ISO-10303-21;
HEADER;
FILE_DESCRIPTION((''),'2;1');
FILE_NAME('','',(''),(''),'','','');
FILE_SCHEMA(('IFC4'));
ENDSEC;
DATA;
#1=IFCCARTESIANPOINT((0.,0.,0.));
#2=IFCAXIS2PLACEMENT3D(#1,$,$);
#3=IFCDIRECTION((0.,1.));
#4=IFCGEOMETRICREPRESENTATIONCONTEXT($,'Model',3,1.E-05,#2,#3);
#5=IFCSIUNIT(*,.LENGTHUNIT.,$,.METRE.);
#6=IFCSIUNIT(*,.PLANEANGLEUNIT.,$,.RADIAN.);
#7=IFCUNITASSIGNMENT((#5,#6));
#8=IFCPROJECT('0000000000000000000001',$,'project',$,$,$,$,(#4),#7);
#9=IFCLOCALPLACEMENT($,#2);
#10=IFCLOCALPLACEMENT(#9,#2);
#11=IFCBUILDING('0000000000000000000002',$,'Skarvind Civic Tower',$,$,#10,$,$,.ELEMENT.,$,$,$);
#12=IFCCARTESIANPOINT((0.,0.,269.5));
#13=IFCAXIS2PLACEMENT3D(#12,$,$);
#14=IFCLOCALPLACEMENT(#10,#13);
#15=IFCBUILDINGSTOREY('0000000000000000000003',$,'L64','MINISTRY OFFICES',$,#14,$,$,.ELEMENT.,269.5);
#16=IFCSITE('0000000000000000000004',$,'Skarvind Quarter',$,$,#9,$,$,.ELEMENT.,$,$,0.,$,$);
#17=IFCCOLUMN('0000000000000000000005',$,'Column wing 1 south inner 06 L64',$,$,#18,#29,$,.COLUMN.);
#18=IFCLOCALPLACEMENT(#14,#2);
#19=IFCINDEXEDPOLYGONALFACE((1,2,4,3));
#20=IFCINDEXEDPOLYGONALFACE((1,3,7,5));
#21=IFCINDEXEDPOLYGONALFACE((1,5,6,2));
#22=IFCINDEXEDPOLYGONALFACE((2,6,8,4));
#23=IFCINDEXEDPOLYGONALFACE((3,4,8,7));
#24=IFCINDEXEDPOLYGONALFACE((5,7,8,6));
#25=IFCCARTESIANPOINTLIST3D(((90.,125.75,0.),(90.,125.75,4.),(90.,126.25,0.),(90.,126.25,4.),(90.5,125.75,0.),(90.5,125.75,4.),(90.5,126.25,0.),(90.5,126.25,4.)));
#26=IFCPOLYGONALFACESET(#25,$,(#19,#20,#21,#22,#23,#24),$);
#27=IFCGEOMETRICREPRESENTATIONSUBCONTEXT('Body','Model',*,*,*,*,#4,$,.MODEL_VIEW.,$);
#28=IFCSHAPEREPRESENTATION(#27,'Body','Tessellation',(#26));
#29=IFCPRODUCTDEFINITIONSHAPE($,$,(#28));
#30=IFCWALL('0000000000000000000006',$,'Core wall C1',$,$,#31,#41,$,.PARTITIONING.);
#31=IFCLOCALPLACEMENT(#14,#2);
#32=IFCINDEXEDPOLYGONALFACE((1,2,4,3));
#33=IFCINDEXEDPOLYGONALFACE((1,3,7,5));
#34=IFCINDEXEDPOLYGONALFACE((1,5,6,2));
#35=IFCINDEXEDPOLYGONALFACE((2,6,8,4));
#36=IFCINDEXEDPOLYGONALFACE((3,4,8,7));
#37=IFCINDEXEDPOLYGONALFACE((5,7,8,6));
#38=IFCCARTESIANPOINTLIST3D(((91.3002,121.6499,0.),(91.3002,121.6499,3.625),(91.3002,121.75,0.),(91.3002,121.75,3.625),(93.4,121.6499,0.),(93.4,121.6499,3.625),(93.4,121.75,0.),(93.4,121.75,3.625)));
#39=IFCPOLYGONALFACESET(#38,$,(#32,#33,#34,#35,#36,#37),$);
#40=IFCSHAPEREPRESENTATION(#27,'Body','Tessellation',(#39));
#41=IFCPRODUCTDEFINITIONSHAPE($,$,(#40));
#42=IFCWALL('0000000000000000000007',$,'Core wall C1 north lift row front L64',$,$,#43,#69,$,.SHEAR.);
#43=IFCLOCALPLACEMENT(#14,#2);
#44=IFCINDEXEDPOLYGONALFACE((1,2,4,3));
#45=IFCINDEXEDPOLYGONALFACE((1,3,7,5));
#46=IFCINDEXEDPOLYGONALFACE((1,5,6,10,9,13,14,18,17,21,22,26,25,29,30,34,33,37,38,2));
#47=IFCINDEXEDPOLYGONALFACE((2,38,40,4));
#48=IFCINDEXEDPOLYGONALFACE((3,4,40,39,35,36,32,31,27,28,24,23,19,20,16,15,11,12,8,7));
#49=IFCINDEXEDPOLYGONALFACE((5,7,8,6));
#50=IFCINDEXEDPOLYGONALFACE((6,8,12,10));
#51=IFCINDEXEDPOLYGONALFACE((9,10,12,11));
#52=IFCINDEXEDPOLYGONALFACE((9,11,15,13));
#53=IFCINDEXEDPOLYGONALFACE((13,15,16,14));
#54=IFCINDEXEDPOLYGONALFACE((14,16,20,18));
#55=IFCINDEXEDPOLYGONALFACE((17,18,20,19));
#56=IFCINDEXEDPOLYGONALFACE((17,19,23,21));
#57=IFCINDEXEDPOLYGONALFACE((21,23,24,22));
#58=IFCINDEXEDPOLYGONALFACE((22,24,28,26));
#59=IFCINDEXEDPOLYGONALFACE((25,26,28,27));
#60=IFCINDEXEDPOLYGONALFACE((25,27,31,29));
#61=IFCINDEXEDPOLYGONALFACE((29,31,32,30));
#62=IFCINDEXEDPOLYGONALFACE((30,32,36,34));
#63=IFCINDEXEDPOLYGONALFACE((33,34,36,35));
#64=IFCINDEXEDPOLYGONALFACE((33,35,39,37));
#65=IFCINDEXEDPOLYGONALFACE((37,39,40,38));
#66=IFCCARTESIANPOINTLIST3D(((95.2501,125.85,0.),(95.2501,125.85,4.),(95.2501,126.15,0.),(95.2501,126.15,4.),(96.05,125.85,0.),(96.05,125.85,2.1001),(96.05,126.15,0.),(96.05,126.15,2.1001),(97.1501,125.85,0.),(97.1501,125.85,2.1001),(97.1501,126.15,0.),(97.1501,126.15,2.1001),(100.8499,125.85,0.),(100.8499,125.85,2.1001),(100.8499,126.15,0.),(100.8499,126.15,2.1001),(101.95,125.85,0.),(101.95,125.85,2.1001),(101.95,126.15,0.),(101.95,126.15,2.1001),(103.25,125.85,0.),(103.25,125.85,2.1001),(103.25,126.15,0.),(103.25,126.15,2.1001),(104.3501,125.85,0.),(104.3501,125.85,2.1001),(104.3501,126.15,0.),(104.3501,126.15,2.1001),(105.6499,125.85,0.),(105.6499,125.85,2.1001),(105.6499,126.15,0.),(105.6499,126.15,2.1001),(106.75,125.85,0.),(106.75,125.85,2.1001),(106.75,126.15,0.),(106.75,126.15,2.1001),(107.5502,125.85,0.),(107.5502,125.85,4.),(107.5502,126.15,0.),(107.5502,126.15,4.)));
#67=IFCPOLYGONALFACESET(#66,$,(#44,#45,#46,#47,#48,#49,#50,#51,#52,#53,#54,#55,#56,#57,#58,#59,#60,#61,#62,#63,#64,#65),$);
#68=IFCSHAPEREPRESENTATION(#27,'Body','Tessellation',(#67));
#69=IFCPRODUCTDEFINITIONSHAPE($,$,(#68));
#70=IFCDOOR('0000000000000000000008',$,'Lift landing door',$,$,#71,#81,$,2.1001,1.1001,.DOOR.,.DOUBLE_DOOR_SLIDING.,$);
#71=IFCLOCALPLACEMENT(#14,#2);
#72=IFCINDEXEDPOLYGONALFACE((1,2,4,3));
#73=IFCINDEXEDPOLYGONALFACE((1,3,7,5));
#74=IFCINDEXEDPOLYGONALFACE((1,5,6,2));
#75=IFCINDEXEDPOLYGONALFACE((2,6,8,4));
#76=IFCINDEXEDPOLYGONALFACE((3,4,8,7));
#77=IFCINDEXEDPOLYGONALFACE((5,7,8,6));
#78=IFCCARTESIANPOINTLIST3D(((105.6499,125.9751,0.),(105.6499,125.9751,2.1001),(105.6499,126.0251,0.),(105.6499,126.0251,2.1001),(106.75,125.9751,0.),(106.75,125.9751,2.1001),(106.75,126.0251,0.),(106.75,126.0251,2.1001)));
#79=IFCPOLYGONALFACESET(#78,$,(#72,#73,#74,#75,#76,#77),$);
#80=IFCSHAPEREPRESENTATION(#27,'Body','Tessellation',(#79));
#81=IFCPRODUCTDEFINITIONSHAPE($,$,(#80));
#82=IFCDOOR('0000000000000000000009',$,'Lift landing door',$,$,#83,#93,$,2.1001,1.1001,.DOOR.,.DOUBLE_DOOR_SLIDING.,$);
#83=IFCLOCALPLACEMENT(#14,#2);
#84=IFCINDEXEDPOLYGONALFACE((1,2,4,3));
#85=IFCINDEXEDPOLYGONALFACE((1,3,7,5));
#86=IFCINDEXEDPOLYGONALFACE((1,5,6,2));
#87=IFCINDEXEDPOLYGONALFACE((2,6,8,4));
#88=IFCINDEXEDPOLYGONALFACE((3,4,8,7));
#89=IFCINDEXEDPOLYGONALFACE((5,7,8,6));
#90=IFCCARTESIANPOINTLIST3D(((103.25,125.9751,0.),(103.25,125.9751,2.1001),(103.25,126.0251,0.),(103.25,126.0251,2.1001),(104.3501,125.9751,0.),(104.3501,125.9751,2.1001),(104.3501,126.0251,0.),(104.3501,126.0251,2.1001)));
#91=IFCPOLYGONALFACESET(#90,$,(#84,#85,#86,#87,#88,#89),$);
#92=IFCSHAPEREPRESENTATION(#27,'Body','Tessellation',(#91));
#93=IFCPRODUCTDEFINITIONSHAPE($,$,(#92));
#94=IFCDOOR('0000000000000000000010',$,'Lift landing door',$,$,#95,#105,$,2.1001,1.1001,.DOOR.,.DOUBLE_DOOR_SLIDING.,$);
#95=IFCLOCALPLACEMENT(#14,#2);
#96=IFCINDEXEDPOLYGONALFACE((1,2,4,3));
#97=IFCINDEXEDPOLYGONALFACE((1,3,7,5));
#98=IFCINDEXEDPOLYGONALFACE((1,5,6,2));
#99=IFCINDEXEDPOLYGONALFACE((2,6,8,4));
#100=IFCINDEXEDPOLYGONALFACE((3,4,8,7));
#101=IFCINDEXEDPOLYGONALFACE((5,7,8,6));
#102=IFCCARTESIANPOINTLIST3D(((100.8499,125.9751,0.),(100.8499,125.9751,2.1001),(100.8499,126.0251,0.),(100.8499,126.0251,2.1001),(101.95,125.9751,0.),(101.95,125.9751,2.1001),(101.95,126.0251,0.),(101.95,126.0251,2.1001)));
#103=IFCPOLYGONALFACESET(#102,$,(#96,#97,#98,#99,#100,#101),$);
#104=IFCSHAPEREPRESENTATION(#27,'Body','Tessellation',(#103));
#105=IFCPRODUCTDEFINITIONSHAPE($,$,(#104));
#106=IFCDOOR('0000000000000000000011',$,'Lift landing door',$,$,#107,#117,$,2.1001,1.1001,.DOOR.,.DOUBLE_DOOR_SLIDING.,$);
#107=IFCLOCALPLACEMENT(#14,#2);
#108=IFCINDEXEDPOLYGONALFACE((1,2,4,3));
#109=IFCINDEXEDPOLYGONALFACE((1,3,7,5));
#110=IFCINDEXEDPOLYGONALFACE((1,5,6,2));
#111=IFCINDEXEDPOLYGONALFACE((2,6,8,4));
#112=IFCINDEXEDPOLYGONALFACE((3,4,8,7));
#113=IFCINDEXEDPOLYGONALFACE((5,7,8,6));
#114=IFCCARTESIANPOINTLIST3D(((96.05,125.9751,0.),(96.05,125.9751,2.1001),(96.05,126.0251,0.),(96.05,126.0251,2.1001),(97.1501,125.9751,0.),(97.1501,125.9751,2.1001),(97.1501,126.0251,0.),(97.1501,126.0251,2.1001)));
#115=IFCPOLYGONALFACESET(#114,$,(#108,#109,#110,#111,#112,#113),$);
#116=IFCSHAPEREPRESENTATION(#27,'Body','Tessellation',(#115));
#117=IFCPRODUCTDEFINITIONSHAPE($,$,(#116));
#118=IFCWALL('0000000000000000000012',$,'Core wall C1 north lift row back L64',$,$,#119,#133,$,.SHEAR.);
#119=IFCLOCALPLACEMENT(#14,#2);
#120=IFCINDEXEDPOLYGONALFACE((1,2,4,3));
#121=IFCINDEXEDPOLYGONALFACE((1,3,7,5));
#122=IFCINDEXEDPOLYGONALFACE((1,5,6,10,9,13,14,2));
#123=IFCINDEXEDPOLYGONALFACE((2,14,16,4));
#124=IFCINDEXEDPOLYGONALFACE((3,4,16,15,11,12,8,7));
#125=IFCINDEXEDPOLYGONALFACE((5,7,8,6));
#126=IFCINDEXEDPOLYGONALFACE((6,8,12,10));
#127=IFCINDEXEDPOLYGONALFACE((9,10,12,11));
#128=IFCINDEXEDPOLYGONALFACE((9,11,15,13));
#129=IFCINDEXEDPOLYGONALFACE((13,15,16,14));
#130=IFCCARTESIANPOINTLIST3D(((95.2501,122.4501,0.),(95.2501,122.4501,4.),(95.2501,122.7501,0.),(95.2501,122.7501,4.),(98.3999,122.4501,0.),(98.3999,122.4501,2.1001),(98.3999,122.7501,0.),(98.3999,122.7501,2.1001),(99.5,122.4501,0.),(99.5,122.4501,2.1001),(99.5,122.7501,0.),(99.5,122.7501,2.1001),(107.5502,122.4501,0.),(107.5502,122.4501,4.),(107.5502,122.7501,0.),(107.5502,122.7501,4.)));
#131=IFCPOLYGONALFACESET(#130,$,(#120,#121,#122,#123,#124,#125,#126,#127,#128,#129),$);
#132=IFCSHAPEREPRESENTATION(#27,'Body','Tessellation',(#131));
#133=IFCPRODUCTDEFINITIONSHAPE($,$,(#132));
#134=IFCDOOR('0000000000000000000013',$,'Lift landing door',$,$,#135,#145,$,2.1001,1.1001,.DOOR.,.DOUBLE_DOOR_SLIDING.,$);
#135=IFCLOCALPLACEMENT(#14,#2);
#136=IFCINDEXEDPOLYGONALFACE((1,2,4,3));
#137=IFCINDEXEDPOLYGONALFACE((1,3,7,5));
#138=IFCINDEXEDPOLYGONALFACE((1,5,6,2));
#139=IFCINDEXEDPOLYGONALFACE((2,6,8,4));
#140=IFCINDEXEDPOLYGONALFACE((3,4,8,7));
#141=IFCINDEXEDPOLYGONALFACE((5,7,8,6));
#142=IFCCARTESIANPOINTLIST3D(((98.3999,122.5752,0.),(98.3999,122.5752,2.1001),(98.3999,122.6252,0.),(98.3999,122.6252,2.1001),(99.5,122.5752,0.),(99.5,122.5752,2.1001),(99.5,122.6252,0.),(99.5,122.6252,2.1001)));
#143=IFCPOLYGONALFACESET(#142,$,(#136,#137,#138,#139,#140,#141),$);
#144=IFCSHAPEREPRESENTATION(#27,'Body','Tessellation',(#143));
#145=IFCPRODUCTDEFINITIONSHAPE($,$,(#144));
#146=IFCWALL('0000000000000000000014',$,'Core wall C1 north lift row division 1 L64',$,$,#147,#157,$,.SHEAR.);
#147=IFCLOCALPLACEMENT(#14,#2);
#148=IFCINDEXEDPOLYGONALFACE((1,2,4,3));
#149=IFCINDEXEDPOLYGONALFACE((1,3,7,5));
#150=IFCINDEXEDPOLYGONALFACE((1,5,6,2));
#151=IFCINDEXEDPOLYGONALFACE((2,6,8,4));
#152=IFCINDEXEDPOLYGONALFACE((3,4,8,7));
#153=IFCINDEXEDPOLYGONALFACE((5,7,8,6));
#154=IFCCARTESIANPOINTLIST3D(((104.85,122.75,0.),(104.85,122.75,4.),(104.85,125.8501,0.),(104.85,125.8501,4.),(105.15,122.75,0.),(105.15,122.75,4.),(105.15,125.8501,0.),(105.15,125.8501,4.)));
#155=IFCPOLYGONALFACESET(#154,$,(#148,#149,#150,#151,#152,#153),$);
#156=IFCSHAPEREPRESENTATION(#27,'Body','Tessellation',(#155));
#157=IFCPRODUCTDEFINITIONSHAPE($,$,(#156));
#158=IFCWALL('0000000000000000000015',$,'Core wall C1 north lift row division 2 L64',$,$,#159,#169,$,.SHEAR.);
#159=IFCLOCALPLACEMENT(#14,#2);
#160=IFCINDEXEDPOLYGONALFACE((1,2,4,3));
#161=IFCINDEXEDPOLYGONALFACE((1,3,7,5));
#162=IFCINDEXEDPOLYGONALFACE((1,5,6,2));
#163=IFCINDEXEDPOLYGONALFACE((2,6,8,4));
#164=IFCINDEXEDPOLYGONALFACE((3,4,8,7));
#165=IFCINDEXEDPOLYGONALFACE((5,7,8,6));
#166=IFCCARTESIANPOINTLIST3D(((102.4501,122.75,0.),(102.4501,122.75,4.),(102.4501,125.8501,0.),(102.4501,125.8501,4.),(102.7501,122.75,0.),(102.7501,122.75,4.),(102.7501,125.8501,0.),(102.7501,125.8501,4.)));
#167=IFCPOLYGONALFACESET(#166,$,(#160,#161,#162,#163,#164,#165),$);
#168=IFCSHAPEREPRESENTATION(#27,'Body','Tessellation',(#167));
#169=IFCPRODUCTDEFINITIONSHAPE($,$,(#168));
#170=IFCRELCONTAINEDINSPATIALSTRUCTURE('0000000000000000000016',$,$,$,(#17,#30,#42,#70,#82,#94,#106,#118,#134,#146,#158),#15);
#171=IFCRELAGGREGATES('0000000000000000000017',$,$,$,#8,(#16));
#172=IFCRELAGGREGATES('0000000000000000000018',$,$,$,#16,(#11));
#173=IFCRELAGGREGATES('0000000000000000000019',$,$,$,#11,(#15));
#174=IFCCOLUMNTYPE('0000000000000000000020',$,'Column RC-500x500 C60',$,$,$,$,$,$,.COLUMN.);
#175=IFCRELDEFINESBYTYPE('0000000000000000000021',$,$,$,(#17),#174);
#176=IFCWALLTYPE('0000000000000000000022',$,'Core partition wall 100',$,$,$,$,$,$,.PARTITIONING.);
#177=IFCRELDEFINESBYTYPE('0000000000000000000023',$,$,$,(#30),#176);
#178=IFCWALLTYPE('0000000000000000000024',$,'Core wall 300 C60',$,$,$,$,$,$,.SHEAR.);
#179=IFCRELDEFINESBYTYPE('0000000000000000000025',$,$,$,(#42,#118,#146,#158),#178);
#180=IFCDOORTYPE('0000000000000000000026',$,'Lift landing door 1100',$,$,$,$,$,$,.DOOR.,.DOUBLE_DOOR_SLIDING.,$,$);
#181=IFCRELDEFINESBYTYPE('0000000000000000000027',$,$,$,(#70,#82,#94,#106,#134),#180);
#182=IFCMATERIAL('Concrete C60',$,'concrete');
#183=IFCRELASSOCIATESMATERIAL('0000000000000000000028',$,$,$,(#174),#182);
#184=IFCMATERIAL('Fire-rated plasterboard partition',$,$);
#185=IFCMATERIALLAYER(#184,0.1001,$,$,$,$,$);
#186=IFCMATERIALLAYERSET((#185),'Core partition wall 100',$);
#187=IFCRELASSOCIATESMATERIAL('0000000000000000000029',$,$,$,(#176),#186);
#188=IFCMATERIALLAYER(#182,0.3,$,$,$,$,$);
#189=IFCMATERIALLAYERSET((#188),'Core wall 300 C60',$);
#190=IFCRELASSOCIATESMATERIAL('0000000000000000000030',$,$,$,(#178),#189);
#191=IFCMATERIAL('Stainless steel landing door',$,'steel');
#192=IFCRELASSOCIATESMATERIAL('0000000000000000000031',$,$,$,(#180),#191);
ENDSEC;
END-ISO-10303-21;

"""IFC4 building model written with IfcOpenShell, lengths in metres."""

from ifc_helpers import new_model, si_unit, direction, frame, frame_2d, origin, origin_2d, place, context, subcontext, project, spatial, rectangle, extrude, material, layer, layer_set, material_profile, profile_set, type_object, element, fill, save


model = new_model("IFC4")

# Units and contexts
model_context = context("Model", 3, precision=1e-05, world=origin(), true_north=direction((0.0, 1.0)))
body_context = subcontext(model_context, "Body", "Model", "MODEL_VIEW")
ifc_project = project(units=[si_unit("LENGTHUNIT", "METRE"), si_unit("PLANEANGLEUNIT", "RADIAN")], contexts=[model_context])

# Site, building, storey
site_placement = place(None, origin())
site = spatial("IfcSite", under=ifc_project, at=site_placement, Name="Skarvind Quarter", CompositionType="ELEMENT", RefElevation=0.0)
building_placement = place(site_placement, origin())
building = spatial("IfcBuilding", under=site, at=building_placement, Name="Skarvind Civic Tower", CompositionType="ELEMENT")
storey_placement = place(building_placement, frame((0.0, 0.0, 269.5)))
storey = spatial("IfcBuildingStorey", under=building, at=storey_placement, Name="L64", Description="MINISTRY OFFICES", CompositionType="ELEMENT", Elevation=269.5)

# Column
ifc_material_1 = material(Name="Concrete C60", Category="concrete")
ifc_material_profile = material_profile(ifc_material_1, rectangle(XDim=0.5, YDim=0.5, at=origin_2d()), Name="RC-500x500")
ifc_profile_set = profile_set([ifc_material_profile], Name="Concrete C60")
column_type = type_object("IfcColumnType", Name="Column RC-500x500 C60", PredefinedType="COLUMN", material=ifc_profile_set)
column_placement = place(storey_placement, frame((90.25, 126.0, 0.0), z_axis=(0.0, 0.0, 1.0), x_axis=(1.0, 0.0, 0.0)))
element("IfcColumn", 1, at=column_placement, inside=storey, type_object=column_type, Name="Column wing 1 south inner 06 L64", PredefinedType="COLUMN", context=body_context, shape_type="SweptSolid", body=[
    extrude(rectangle(XDim=0.5, YDim=0.5, at=origin_2d()), origin(), (0.0, 0.0, 1.0), 4.0),
])

# Wall
ifc_material_2 = material(Name="Fire-rated plasterboard partition")
ifc_layer_1 = layer(ifc_material_2, 0.1001)
ifc_layer_set_1 = layer_set([ifc_layer_1], Name="Core partition wall 100")
wall_type_1 = type_object("IfcWallType", Name="Core partition wall 100", PredefinedType="PARTITIONING", material=ifc_layer_set_1)
wall_1_placement = place(storey_placement, frame((93.3999, 121.7, 0.0), z_axis=(0.0, 0.0, 1.0), x_axis=(-1.0, 0.0, 0.0)))
element("IfcWall", 2, at=wall_1_placement, inside=storey, type_object=wall_type_1, Name="Core wall C1", PredefinedType="PARTITIONING", context=body_context, shape_type="SweptSolid", body=[
    extrude(rectangle(XDim=2.0999, YDim=0.1001, at=frame_2d((1.0498, 0.0))), origin(), (0.0, 0.0, 1.0), 3.625),
])

# Wall, openings, doors
ifc_layer_2 = layer(ifc_material_1, 0.3)
ifc_layer_set_2 = layer_set([ifc_layer_2], Name="Core wall 300 C60")
wall_type_2 = type_object("IfcWallType", Name="Core wall 300 C60", PredefinedType="SHEAR", material=ifc_layer_set_2)
wall_2_placement = place(storey_placement, frame((107.55, 126.0, 0.0), z_axis=(0.0, 0.0, 1.0), x_axis=(-1.0, 0.0, 0.0)))
wall_2 = element("IfcWall", 3, at=wall_2_placement, inside=storey, type_object=wall_type_2, Name="Core wall C1 north lift row front L64", PredefinedType="SHEAR", context=body_context, shape_type="SweptSolid", body=[
    extrude(rectangle(XDim=12.3, YDim=0.3, at=frame_2d((6.1499, 0.0))), origin(), (0.0, 0.0, 1.0), 4.0),
])
opening_1_placement = place(wall_2_placement, frame((0.8, 0.0, 0.0)))
opening_1 = element("IfcOpeningElement", 4, at=opening_1_placement, cuts=wall_2, PredefinedType="OPENING", context=body_context, shape_type="SweptSolid", body=[
    extrude(rectangle(XDim=1.1001, YDim=2.1001, at=frame_2d((0.55, 1.05))), frame((0.0, 0.1599, 0.0), z_axis=(0.0, -1.0, 0.0), x_axis=(1.0, 0.0, 0.0)), (0.0, 0.0, 1.0), 0.3201),
])
opening_2_placement = place(wall_2_placement, frame((3.2, 0.0, 0.0)))
opening_2 = element("IfcOpeningElement", 5, at=opening_2_placement, cuts=wall_2, PredefinedType="OPENING", context=body_context, shape_type="SweptSolid", body=[
    extrude(rectangle(XDim=1.1001, YDim=2.1001, at=frame_2d((0.55, 1.05))), frame((0.0, 0.1599, 0.0), z_axis=(0.0, -1.0, 0.0), x_axis=(1.0, 0.0, 0.0)), (0.0, 0.0, 1.0), 0.3201),
])
opening_3_placement = place(wall_2_placement, frame((5.6001, 0.0, 0.0)))
opening_3 = element("IfcOpeningElement", 6, at=opening_3_placement, cuts=wall_2, PredefinedType="OPENING", context=body_context, shape_type="SweptSolid", body=[
    extrude(rectangle(XDim=1.1001, YDim=2.1001, at=frame_2d((0.55, 1.05))), frame((0.0, 0.1599, 0.0), z_axis=(0.0, -1.0, 0.0), x_axis=(1.0, 0.0, 0.0)), (0.0, 0.0, 1.0), 0.3201),
])
opening_4_placement = place(wall_2_placement, frame((10.3999, 0.0, 0.0)))
opening_4 = element("IfcOpeningElement", 7, at=opening_4_placement, cuts=wall_2, PredefinedType="OPENING", context=body_context, shape_type="SweptSolid", body=[
    extrude(rectangle(XDim=1.1001, YDim=2.1001, at=frame_2d((0.55, 1.05))), frame((0.0, 0.1599, 0.0), z_axis=(0.0, -1.0, 0.0), x_axis=(1.0, 0.0, 0.0)), (0.0, 0.0, 1.0), 0.3201),
])
ifc_material_3 = material(Name="Stainless steel landing door", Category="steel")
door_type_1 = type_object("IfcDoorType", Name="Lift landing door 1100", OperationType="DOUBLE_DOOR_SLIDING", PredefinedType="DOOR", material=ifc_material_3)
door_1_placement = place(opening_1_placement, origin())
door_1 = element("IfcDoor", 8, at=door_1_placement, inside=storey, type_object=door_type_1, Name="Lift landing door", OperationType="DOUBLE_DOOR_SLIDING", OverallHeight=2.1001, OverallWidth=1.1001, PredefinedType="DOOR", context=body_context, shape_type="SweptSolid", body=[
    extrude(rectangle(XDim=1.1001, YDim=2.1001, at=frame_2d((0.55, 1.05))), frame((0.0, 0.0249, 0.0), z_axis=(0.0, -1.0, 0.0), x_axis=(1.0, 0.0, 0.0)), (0.0, 0.0, 1.0), 0.05),
])
fill(opening_1, door_1)
door_2_placement = place(opening_2_placement, origin())
door_2 = element("IfcDoor", 9, at=door_2_placement, inside=storey, type_object=door_type_1, Name="Lift landing door", OperationType="DOUBLE_DOOR_SLIDING", OverallHeight=2.1001, OverallWidth=1.1001, PredefinedType="DOOR", context=body_context, shape_type="SweptSolid", body=[
    extrude(rectangle(XDim=1.1001, YDim=2.1001, at=frame_2d((0.55, 1.05))), frame((0.0, 0.0249, 0.0), z_axis=(0.0, -1.0, 0.0), x_axis=(1.0, 0.0, 0.0)), (0.0, 0.0, 1.0), 0.05),
])
fill(opening_2, door_2)
door_3_placement = place(opening_3_placement, origin())
door_3 = element("IfcDoor", 10, at=door_3_placement, inside=storey, type_object=door_type_1, Name="Lift landing door", OperationType="DOUBLE_DOOR_SLIDING", OverallHeight=2.1001, OverallWidth=1.1001, PredefinedType="DOOR", context=body_context, shape_type="SweptSolid", body=[
    extrude(rectangle(XDim=1.1001, YDim=2.1001, at=frame_2d((0.55, 1.05))), frame((0.0, 0.0249, 0.0), z_axis=(0.0, -1.0, 0.0), x_axis=(1.0, 0.0, 0.0)), (0.0, 0.0, 1.0), 0.05),
])
fill(opening_3, door_3)
door_4_placement = place(opening_4_placement, origin())
door_4 = element("IfcDoor", 11, at=door_4_placement, inside=storey, type_object=door_type_1, Name="Lift landing door", OperationType="DOUBLE_DOOR_SLIDING", OverallHeight=2.1001, OverallWidth=1.1001, PredefinedType="DOOR", context=body_context, shape_type="SweptSolid", body=[
    extrude(rectangle(XDim=1.1001, YDim=2.1001, at=frame_2d((0.55, 1.05))), frame((0.0, 0.0249, 0.0), z_axis=(0.0, -1.0, 0.0), x_axis=(1.0, 0.0, 0.0)), (0.0, 0.0, 1.0), 0.05),
])
fill(opening_4, door_4)

# Wall, opening, door
wall_3_placement = place(storey_placement, frame((107.55, 122.6001, 0.0), z_axis=(0.0, 0.0, 1.0), x_axis=(-1.0, 0.0, 0.0)))
wall_3 = element("IfcWall", 12, at=wall_3_placement, inside=storey, type_object=wall_type_2, Name="Core wall C1 north lift row back L64", PredefinedType="SHEAR", context=body_context, shape_type="SweptSolid", body=[
    extrude(rectangle(XDim=12.3, YDim=0.3, at=frame_2d((6.1499, 0.0))), origin(), (0.0, 0.0, 1.0), 4.0),
])
opening_5_placement = place(wall_3_placement, frame((8.05, 0.0, 0.0)))
opening_5 = element("IfcOpeningElement", 13, at=opening_5_placement, cuts=wall_3, PredefinedType="OPENING", context=body_context, shape_type="SweptSolid", body=[
    extrude(rectangle(XDim=1.1001, YDim=2.1001, at=frame_2d((0.55, 1.05))), frame((0.0, 0.1599, 0.0), z_axis=(0.0, -1.0, 0.0), x_axis=(1.0, 0.0, 0.0)), (0.0, 0.0, 1.0), 0.3201),
])
door_5_placement = place(opening_5_placement, origin())
door_5 = element("IfcDoor", 14, at=door_5_placement, inside=storey, type_object=door_type_1, Name="Lift landing door", OperationType="DOUBLE_DOOR_SLIDING", OverallHeight=2.1001, OverallWidth=1.1001, PredefinedType="DOOR", context=body_context, shape_type="SweptSolid", body=[
    extrude(rectangle(XDim=1.1001, YDim=2.1001, at=frame_2d((0.55, 1.05))), frame((0.0, 0.0249, 0.0), z_axis=(0.0, -1.0, 0.0), x_axis=(1.0, 0.0, 0.0)), (0.0, 0.0, 1.0), 0.05),
])
fill(opening_5, door_5)

# Walls
for number, where, z_axis, x_axis, name in (
    (15, (105.0, 125.8501, 0.0), (0.0, 0.0, 1.0), (0.0, -1.0, 0.0), "Core wall C1 north lift row division 1 L64"),
    (16, (102.6001, 125.8501, 0.0), (0.0, 0.0, 1.0), (0.0, -1.0, 0.0), "Core wall C1 north lift row division 2 L64"),
):
    element("IfcWall", number, at=place(storey_placement, frame(where, z_axis=z_axis, x_axis=x_axis)), inside=storey, type_object=wall_type_2, Name=name, PredefinedType="SHEAR", context=body_context, shape_type="SweptSolid", body=[
        extrude(rectangle(XDim=3.1001, YDim=0.3, at=frame_2d((1.55, 0.0))), origin(), (0.0, 0.0, 1.0), 4.0),
    ])

save(model, "model.ifc")
